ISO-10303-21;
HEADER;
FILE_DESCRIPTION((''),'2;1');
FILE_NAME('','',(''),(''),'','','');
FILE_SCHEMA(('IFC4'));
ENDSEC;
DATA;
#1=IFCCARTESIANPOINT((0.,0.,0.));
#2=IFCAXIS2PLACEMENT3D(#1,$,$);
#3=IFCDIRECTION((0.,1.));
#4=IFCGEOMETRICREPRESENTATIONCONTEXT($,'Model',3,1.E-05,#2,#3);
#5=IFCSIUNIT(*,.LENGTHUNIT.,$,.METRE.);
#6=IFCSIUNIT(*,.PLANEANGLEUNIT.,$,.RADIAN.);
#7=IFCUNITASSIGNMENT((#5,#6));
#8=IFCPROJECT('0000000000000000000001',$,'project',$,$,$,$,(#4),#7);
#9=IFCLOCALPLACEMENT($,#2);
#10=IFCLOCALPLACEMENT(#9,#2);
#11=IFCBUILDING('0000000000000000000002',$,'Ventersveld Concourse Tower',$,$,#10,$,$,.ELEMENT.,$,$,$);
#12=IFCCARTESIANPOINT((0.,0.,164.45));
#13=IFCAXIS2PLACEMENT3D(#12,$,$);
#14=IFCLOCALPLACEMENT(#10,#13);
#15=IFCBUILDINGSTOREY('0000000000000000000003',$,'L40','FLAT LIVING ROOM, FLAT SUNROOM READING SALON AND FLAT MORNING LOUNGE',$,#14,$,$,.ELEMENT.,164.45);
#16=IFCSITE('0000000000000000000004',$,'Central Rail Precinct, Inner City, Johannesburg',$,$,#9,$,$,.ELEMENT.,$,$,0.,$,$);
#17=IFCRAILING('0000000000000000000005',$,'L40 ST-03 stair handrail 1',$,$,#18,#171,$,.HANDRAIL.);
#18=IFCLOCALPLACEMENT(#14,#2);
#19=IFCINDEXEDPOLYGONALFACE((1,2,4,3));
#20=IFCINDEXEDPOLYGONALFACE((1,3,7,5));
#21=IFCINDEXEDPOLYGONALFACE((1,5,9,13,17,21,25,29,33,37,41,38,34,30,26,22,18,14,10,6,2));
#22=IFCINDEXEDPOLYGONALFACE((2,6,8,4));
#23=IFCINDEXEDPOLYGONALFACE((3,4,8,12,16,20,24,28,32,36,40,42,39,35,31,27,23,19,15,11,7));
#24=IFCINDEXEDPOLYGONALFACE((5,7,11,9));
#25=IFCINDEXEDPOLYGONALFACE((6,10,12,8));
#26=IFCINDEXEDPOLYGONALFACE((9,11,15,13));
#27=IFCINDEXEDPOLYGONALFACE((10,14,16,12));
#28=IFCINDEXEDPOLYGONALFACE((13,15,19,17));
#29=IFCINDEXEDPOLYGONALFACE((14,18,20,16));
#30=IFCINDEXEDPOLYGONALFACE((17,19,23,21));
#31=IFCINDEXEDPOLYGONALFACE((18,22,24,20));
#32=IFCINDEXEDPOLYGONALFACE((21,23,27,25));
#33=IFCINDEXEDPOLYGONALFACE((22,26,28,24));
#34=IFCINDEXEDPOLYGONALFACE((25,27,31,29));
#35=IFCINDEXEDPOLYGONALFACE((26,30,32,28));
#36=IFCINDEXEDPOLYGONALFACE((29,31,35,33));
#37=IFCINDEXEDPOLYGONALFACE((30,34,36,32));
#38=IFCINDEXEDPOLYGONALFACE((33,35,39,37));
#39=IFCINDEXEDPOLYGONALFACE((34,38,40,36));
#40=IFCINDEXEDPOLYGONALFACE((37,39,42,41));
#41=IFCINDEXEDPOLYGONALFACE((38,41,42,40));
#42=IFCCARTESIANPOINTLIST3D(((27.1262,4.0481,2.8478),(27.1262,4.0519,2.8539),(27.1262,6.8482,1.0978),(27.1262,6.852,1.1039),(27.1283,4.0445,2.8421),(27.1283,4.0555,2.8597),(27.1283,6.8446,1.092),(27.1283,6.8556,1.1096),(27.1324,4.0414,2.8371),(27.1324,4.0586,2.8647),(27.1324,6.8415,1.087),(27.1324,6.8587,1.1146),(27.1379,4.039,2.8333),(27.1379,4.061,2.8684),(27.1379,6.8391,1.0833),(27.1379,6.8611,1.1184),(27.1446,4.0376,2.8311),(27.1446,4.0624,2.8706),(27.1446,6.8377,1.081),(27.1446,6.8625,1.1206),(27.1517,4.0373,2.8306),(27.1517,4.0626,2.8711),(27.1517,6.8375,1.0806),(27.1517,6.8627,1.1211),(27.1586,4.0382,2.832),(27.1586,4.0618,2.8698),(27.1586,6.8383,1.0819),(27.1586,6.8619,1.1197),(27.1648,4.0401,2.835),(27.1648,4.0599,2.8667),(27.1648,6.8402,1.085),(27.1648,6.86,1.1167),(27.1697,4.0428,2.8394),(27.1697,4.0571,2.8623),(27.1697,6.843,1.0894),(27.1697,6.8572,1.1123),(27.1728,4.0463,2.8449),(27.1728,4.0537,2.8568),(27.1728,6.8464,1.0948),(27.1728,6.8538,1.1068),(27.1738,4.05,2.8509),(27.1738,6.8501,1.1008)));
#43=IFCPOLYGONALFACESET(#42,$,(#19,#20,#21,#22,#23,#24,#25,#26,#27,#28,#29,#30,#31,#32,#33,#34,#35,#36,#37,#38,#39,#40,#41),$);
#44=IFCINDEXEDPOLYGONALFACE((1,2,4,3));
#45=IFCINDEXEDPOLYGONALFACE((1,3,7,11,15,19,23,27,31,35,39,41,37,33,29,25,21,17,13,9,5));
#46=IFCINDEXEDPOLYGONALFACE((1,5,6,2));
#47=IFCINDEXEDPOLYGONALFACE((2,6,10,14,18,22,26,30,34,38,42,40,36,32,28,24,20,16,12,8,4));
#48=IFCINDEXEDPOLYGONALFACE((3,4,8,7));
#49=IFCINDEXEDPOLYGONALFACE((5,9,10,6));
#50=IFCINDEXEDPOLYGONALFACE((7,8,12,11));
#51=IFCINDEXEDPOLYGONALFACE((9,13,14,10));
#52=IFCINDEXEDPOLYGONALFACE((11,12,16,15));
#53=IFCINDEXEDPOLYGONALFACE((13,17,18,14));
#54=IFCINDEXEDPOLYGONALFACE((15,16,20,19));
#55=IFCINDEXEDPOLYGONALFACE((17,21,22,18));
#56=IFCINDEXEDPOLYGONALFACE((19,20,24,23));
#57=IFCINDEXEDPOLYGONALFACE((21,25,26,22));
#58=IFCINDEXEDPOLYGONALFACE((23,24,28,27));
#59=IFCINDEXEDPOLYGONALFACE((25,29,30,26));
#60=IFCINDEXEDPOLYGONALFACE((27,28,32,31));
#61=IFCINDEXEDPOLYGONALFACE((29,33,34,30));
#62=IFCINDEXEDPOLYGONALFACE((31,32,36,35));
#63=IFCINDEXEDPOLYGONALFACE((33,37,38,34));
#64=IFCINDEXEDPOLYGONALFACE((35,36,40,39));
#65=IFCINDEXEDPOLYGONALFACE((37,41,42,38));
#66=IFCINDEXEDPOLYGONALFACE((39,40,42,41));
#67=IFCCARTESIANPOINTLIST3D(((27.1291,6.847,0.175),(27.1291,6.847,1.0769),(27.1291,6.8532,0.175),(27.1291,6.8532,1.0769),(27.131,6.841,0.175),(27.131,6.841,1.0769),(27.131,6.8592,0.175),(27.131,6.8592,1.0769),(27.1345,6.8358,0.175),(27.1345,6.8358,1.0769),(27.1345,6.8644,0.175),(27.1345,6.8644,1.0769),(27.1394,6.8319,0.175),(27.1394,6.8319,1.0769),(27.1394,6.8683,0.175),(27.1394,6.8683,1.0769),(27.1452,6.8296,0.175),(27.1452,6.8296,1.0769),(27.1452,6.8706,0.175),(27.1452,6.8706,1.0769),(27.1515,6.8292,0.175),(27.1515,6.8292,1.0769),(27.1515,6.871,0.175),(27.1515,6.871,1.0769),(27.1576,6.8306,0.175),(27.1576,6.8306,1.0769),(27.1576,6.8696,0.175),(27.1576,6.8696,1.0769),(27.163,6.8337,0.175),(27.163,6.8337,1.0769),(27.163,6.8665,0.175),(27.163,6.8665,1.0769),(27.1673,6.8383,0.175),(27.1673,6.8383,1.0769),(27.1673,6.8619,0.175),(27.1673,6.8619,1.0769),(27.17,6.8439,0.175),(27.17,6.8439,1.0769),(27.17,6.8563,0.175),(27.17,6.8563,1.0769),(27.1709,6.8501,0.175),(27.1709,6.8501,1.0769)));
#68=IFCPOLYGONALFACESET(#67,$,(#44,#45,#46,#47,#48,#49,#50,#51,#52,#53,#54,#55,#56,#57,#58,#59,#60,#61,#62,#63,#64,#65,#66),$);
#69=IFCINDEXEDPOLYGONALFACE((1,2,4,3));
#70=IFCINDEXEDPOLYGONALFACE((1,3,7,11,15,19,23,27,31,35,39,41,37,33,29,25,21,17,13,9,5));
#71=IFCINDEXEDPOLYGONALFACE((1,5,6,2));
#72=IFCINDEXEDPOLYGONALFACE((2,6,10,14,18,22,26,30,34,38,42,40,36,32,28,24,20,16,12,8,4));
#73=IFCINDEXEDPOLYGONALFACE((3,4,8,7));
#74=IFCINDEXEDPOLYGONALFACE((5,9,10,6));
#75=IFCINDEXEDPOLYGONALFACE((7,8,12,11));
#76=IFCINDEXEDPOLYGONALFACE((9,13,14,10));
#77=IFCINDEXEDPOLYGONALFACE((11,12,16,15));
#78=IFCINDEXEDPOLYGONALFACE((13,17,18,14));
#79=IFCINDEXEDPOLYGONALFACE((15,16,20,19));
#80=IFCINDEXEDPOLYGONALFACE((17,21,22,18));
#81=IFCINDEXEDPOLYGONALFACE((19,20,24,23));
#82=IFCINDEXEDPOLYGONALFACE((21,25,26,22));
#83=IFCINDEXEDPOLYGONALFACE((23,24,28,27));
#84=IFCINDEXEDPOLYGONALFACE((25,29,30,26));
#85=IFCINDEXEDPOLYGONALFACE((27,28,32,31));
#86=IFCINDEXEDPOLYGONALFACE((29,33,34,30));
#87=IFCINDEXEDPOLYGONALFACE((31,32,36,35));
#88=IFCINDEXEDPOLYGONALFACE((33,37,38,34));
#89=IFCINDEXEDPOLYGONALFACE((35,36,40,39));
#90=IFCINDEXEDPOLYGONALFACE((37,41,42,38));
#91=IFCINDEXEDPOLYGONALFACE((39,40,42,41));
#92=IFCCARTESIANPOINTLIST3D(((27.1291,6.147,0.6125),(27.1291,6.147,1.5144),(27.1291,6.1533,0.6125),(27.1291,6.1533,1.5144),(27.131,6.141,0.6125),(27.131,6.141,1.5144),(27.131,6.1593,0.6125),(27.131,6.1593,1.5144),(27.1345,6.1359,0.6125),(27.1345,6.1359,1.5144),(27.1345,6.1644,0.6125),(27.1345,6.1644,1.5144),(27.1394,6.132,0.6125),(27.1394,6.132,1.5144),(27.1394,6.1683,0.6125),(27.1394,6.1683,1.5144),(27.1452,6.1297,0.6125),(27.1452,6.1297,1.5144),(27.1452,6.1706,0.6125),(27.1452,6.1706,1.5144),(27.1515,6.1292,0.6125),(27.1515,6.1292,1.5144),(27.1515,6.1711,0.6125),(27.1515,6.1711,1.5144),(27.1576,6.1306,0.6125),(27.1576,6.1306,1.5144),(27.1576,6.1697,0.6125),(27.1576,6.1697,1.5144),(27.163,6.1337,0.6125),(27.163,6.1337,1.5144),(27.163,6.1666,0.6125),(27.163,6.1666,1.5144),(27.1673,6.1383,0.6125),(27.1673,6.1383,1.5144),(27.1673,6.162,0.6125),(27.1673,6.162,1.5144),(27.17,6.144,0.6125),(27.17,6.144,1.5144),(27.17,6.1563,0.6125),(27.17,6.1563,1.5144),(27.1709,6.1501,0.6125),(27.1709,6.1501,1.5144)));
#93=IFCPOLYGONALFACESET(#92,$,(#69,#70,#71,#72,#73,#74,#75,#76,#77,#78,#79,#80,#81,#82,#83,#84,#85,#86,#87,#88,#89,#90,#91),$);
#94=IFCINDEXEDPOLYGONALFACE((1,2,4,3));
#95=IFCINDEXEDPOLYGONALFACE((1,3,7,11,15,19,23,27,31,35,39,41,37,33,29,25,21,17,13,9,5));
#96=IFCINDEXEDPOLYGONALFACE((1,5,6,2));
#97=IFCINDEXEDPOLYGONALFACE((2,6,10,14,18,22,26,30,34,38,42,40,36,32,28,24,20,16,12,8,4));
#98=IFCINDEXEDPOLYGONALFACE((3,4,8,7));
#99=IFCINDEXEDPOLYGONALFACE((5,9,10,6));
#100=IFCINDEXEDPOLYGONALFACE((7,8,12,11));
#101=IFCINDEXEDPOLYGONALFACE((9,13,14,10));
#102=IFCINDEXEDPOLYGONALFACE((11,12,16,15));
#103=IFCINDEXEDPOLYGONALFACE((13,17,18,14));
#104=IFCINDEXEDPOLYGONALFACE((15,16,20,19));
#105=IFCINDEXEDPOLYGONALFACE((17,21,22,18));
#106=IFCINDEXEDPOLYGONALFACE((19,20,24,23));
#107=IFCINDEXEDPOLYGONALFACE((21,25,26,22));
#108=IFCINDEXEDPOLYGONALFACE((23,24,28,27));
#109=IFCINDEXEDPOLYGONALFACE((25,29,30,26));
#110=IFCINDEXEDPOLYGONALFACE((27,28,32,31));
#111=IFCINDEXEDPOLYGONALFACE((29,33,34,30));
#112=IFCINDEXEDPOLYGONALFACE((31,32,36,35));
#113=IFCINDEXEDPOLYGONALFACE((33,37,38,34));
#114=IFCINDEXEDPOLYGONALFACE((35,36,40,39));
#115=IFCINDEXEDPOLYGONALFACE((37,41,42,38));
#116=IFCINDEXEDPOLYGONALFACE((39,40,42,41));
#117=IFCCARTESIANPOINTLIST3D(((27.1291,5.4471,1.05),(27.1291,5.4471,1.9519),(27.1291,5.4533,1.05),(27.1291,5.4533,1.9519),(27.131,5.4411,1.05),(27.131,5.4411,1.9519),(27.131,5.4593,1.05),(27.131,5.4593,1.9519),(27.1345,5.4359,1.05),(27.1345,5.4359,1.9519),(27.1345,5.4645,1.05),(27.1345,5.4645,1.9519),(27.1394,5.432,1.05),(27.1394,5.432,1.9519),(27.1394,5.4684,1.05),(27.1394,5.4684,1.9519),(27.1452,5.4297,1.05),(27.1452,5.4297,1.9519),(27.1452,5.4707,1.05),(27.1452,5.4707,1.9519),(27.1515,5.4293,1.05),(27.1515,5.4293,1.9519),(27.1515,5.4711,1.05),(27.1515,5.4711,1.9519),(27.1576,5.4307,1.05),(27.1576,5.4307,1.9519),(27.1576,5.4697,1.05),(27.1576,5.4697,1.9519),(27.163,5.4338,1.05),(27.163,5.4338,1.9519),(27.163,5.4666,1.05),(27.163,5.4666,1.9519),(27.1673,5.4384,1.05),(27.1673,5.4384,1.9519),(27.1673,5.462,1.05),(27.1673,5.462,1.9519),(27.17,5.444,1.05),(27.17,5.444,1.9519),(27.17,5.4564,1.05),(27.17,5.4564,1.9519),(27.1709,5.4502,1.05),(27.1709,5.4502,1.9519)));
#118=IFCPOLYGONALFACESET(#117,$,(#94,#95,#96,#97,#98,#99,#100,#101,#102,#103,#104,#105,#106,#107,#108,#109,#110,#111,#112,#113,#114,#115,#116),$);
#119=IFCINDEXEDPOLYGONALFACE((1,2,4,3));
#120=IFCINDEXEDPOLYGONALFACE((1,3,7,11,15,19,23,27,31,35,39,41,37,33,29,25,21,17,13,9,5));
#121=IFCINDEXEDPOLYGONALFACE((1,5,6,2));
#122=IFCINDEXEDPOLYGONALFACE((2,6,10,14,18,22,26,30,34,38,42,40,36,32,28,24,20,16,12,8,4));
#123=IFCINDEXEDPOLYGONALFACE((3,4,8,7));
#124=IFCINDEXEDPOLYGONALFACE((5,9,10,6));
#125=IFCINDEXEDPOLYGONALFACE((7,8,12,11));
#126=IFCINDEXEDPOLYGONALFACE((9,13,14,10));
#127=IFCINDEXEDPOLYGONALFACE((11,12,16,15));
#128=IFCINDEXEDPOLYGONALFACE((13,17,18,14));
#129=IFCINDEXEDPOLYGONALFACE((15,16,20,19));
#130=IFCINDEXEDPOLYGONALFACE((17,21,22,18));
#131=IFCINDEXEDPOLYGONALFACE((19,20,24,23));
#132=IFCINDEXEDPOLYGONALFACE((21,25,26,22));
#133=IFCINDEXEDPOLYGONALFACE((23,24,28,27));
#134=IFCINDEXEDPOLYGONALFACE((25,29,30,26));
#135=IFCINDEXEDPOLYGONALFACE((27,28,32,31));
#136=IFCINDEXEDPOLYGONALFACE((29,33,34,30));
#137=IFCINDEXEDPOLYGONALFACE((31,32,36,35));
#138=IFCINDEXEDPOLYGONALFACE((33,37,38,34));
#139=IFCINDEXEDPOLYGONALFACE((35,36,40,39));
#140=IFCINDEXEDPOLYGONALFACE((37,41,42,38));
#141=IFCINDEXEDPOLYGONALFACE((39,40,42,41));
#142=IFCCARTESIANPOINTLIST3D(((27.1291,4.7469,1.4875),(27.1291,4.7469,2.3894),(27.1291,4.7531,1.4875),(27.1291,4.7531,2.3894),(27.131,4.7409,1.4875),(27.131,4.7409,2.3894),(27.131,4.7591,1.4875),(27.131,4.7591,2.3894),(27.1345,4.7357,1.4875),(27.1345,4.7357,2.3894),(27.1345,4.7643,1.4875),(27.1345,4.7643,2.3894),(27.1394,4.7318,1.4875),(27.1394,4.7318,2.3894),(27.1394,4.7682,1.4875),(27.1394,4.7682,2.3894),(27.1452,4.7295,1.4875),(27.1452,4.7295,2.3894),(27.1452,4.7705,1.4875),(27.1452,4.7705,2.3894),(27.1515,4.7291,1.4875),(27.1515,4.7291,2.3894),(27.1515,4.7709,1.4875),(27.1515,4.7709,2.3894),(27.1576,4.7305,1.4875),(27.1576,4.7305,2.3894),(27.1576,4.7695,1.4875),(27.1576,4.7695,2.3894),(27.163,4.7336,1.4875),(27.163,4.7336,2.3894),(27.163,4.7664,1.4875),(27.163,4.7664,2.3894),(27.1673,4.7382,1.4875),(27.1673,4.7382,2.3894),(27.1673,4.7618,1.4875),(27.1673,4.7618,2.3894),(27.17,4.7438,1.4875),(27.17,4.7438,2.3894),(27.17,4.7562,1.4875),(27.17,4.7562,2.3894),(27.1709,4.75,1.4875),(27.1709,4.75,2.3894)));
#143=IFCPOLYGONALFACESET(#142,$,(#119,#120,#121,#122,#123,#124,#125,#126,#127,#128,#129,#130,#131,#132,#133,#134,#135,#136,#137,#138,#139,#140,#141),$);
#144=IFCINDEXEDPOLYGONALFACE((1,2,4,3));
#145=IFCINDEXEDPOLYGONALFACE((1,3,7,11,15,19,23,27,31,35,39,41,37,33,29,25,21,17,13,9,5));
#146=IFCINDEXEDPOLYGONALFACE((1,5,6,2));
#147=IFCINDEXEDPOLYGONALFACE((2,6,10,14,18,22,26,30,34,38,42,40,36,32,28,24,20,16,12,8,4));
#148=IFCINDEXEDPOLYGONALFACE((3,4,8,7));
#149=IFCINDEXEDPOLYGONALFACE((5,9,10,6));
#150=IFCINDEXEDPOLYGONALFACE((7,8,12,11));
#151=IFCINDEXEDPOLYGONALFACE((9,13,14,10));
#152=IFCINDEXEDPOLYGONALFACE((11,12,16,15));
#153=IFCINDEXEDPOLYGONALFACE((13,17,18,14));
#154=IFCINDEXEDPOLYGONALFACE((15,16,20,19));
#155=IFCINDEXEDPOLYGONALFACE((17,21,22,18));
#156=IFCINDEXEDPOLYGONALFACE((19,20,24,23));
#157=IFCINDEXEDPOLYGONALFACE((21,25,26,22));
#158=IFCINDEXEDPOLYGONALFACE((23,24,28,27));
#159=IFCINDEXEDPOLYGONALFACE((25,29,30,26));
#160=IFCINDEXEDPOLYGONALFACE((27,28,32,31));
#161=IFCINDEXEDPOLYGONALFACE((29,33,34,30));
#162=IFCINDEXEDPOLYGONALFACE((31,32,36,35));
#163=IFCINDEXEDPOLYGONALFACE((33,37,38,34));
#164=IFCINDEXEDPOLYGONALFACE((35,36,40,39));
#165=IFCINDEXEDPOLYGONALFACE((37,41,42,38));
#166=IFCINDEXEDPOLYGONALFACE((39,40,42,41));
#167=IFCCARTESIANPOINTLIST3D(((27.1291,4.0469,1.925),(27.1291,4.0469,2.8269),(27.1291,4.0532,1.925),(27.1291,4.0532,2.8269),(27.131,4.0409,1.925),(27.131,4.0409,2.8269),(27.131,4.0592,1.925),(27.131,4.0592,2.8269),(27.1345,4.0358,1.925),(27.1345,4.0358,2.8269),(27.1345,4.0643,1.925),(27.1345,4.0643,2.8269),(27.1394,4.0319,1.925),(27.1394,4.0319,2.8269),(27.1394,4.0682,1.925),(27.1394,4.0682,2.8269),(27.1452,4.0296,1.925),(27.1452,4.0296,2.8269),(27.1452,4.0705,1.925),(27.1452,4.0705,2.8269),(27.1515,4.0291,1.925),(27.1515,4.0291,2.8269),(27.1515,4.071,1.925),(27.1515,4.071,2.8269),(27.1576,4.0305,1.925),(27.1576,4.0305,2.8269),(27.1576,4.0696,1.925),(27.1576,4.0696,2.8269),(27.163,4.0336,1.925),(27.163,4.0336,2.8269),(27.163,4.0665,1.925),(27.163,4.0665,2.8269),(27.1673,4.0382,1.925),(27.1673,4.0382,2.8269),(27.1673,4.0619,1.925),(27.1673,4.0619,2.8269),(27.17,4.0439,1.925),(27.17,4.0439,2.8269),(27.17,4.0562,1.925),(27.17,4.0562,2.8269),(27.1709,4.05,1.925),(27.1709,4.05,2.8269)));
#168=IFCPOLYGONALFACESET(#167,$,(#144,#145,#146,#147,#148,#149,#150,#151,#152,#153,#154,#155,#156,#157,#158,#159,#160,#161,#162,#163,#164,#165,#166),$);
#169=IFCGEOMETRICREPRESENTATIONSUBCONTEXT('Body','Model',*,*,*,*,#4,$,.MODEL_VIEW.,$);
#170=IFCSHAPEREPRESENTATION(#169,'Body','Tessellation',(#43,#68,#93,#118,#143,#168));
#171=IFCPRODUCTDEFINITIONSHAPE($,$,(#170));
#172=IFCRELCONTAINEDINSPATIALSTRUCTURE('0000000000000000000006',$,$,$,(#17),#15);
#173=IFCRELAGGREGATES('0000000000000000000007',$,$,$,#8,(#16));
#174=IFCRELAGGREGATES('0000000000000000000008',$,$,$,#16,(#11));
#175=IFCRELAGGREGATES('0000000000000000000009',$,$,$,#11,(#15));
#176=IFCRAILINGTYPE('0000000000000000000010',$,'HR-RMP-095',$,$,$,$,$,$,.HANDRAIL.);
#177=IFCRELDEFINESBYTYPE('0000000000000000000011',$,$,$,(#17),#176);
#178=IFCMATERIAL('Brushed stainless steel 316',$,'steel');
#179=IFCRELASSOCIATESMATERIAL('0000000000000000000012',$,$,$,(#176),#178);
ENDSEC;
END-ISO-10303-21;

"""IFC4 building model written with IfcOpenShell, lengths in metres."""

from ifc_helpers import new_model, si_unit, direction, frame, origin, origin_2d, place, context, subcontext, project, spatial, circle, extrude, material, type_object, element, save


model = new_model("IFC4")

# Units and contexts
model_context = context("Model", 3, precision=1e-05, world=origin(), true_north=direction((0.0, 1.0)))
body_context = subcontext(model_context, "Body", "Model", "MODEL_VIEW")
ifc_project = project(units=[si_unit("LENGTHUNIT", "METRE"), si_unit("PLANEANGLEUNIT", "RADIAN")], contexts=[model_context])

# Site, building, storey
site_placement = place(None, origin())
site = spatial("IfcSite", under=ifc_project, at=site_placement, Name="Central Rail Precinct, Inner City, Johannesburg", CompositionType="ELEMENT", RefElevation=0.0)
building_placement = place(site_placement, origin())
building = spatial("IfcBuilding", under=site, at=building_placement, Name="Ventersveld Concourse Tower", CompositionType="ELEMENT")
storey_placement = place(building_placement, frame((0.0, 0.0, 164.45)))
storey = spatial("IfcBuildingStorey", under=building, at=storey_placement, Name="L40", Description="FLAT LIVING ROOM, FLAT SUNROOM READING SALON AND FLAT MORNING LOUNGE", CompositionType="ELEMENT", Elevation=164.45)

# Railing
ifc_material_1 = material(Name="Brushed stainless steel 316", Category="steel")
railing_type = type_object("IfcRailingType", Name="HR-RMP-095", PredefinedType="HANDRAIL", material=ifc_material_1)
railing_placement = place(storey_placement, frame((27.1499, 6.8501, 0.175)))
element("IfcRailing", 1, at=railing_placement, inside=storey, type_object=railing_type, Name="L40 ST-03 stair handrail 1", PredefinedType="HANDRAIL", context=body_context, shape_type="SweptSolid", body=[
    extrude(circle(Radius=0.0239, at=origin_2d()), frame((0.0, 0.0, 0.9258), z_axis=(0.0, -0.848002, 0.529992), x_axis=(1.0, 0.0, 0.0)), (0.0, 0.0, 1.0), 3.302),
    extrude(circle(Radius=0.021, at=origin_2d()), origin(), (0.0, 0.0, 1.0), 0.9019),
    extrude(circle(Radius=0.021, at=origin_2d()), frame((0.0, -0.7, 0.4375)), (0.0, 0.0, 1.0), 0.9019),
    extrude(circle(Radius=0.021, at=origin_2d()), frame((0.0, -1.3999, 0.875)), (0.0, 0.0, 1.0), 0.9019),
    extrude(circle(Radius=0.021, at=origin_2d()), frame((0.0, -2.1001, 1.3125)), (0.0, 0.0, 1.0), 0.9019),
    extrude(circle(Radius=0.021, at=origin_2d()), frame((0.0, -2.8, 1.75)), (0.0, 0.0, 1.0), 0.9019),
])

save(model, "model.ifc")
